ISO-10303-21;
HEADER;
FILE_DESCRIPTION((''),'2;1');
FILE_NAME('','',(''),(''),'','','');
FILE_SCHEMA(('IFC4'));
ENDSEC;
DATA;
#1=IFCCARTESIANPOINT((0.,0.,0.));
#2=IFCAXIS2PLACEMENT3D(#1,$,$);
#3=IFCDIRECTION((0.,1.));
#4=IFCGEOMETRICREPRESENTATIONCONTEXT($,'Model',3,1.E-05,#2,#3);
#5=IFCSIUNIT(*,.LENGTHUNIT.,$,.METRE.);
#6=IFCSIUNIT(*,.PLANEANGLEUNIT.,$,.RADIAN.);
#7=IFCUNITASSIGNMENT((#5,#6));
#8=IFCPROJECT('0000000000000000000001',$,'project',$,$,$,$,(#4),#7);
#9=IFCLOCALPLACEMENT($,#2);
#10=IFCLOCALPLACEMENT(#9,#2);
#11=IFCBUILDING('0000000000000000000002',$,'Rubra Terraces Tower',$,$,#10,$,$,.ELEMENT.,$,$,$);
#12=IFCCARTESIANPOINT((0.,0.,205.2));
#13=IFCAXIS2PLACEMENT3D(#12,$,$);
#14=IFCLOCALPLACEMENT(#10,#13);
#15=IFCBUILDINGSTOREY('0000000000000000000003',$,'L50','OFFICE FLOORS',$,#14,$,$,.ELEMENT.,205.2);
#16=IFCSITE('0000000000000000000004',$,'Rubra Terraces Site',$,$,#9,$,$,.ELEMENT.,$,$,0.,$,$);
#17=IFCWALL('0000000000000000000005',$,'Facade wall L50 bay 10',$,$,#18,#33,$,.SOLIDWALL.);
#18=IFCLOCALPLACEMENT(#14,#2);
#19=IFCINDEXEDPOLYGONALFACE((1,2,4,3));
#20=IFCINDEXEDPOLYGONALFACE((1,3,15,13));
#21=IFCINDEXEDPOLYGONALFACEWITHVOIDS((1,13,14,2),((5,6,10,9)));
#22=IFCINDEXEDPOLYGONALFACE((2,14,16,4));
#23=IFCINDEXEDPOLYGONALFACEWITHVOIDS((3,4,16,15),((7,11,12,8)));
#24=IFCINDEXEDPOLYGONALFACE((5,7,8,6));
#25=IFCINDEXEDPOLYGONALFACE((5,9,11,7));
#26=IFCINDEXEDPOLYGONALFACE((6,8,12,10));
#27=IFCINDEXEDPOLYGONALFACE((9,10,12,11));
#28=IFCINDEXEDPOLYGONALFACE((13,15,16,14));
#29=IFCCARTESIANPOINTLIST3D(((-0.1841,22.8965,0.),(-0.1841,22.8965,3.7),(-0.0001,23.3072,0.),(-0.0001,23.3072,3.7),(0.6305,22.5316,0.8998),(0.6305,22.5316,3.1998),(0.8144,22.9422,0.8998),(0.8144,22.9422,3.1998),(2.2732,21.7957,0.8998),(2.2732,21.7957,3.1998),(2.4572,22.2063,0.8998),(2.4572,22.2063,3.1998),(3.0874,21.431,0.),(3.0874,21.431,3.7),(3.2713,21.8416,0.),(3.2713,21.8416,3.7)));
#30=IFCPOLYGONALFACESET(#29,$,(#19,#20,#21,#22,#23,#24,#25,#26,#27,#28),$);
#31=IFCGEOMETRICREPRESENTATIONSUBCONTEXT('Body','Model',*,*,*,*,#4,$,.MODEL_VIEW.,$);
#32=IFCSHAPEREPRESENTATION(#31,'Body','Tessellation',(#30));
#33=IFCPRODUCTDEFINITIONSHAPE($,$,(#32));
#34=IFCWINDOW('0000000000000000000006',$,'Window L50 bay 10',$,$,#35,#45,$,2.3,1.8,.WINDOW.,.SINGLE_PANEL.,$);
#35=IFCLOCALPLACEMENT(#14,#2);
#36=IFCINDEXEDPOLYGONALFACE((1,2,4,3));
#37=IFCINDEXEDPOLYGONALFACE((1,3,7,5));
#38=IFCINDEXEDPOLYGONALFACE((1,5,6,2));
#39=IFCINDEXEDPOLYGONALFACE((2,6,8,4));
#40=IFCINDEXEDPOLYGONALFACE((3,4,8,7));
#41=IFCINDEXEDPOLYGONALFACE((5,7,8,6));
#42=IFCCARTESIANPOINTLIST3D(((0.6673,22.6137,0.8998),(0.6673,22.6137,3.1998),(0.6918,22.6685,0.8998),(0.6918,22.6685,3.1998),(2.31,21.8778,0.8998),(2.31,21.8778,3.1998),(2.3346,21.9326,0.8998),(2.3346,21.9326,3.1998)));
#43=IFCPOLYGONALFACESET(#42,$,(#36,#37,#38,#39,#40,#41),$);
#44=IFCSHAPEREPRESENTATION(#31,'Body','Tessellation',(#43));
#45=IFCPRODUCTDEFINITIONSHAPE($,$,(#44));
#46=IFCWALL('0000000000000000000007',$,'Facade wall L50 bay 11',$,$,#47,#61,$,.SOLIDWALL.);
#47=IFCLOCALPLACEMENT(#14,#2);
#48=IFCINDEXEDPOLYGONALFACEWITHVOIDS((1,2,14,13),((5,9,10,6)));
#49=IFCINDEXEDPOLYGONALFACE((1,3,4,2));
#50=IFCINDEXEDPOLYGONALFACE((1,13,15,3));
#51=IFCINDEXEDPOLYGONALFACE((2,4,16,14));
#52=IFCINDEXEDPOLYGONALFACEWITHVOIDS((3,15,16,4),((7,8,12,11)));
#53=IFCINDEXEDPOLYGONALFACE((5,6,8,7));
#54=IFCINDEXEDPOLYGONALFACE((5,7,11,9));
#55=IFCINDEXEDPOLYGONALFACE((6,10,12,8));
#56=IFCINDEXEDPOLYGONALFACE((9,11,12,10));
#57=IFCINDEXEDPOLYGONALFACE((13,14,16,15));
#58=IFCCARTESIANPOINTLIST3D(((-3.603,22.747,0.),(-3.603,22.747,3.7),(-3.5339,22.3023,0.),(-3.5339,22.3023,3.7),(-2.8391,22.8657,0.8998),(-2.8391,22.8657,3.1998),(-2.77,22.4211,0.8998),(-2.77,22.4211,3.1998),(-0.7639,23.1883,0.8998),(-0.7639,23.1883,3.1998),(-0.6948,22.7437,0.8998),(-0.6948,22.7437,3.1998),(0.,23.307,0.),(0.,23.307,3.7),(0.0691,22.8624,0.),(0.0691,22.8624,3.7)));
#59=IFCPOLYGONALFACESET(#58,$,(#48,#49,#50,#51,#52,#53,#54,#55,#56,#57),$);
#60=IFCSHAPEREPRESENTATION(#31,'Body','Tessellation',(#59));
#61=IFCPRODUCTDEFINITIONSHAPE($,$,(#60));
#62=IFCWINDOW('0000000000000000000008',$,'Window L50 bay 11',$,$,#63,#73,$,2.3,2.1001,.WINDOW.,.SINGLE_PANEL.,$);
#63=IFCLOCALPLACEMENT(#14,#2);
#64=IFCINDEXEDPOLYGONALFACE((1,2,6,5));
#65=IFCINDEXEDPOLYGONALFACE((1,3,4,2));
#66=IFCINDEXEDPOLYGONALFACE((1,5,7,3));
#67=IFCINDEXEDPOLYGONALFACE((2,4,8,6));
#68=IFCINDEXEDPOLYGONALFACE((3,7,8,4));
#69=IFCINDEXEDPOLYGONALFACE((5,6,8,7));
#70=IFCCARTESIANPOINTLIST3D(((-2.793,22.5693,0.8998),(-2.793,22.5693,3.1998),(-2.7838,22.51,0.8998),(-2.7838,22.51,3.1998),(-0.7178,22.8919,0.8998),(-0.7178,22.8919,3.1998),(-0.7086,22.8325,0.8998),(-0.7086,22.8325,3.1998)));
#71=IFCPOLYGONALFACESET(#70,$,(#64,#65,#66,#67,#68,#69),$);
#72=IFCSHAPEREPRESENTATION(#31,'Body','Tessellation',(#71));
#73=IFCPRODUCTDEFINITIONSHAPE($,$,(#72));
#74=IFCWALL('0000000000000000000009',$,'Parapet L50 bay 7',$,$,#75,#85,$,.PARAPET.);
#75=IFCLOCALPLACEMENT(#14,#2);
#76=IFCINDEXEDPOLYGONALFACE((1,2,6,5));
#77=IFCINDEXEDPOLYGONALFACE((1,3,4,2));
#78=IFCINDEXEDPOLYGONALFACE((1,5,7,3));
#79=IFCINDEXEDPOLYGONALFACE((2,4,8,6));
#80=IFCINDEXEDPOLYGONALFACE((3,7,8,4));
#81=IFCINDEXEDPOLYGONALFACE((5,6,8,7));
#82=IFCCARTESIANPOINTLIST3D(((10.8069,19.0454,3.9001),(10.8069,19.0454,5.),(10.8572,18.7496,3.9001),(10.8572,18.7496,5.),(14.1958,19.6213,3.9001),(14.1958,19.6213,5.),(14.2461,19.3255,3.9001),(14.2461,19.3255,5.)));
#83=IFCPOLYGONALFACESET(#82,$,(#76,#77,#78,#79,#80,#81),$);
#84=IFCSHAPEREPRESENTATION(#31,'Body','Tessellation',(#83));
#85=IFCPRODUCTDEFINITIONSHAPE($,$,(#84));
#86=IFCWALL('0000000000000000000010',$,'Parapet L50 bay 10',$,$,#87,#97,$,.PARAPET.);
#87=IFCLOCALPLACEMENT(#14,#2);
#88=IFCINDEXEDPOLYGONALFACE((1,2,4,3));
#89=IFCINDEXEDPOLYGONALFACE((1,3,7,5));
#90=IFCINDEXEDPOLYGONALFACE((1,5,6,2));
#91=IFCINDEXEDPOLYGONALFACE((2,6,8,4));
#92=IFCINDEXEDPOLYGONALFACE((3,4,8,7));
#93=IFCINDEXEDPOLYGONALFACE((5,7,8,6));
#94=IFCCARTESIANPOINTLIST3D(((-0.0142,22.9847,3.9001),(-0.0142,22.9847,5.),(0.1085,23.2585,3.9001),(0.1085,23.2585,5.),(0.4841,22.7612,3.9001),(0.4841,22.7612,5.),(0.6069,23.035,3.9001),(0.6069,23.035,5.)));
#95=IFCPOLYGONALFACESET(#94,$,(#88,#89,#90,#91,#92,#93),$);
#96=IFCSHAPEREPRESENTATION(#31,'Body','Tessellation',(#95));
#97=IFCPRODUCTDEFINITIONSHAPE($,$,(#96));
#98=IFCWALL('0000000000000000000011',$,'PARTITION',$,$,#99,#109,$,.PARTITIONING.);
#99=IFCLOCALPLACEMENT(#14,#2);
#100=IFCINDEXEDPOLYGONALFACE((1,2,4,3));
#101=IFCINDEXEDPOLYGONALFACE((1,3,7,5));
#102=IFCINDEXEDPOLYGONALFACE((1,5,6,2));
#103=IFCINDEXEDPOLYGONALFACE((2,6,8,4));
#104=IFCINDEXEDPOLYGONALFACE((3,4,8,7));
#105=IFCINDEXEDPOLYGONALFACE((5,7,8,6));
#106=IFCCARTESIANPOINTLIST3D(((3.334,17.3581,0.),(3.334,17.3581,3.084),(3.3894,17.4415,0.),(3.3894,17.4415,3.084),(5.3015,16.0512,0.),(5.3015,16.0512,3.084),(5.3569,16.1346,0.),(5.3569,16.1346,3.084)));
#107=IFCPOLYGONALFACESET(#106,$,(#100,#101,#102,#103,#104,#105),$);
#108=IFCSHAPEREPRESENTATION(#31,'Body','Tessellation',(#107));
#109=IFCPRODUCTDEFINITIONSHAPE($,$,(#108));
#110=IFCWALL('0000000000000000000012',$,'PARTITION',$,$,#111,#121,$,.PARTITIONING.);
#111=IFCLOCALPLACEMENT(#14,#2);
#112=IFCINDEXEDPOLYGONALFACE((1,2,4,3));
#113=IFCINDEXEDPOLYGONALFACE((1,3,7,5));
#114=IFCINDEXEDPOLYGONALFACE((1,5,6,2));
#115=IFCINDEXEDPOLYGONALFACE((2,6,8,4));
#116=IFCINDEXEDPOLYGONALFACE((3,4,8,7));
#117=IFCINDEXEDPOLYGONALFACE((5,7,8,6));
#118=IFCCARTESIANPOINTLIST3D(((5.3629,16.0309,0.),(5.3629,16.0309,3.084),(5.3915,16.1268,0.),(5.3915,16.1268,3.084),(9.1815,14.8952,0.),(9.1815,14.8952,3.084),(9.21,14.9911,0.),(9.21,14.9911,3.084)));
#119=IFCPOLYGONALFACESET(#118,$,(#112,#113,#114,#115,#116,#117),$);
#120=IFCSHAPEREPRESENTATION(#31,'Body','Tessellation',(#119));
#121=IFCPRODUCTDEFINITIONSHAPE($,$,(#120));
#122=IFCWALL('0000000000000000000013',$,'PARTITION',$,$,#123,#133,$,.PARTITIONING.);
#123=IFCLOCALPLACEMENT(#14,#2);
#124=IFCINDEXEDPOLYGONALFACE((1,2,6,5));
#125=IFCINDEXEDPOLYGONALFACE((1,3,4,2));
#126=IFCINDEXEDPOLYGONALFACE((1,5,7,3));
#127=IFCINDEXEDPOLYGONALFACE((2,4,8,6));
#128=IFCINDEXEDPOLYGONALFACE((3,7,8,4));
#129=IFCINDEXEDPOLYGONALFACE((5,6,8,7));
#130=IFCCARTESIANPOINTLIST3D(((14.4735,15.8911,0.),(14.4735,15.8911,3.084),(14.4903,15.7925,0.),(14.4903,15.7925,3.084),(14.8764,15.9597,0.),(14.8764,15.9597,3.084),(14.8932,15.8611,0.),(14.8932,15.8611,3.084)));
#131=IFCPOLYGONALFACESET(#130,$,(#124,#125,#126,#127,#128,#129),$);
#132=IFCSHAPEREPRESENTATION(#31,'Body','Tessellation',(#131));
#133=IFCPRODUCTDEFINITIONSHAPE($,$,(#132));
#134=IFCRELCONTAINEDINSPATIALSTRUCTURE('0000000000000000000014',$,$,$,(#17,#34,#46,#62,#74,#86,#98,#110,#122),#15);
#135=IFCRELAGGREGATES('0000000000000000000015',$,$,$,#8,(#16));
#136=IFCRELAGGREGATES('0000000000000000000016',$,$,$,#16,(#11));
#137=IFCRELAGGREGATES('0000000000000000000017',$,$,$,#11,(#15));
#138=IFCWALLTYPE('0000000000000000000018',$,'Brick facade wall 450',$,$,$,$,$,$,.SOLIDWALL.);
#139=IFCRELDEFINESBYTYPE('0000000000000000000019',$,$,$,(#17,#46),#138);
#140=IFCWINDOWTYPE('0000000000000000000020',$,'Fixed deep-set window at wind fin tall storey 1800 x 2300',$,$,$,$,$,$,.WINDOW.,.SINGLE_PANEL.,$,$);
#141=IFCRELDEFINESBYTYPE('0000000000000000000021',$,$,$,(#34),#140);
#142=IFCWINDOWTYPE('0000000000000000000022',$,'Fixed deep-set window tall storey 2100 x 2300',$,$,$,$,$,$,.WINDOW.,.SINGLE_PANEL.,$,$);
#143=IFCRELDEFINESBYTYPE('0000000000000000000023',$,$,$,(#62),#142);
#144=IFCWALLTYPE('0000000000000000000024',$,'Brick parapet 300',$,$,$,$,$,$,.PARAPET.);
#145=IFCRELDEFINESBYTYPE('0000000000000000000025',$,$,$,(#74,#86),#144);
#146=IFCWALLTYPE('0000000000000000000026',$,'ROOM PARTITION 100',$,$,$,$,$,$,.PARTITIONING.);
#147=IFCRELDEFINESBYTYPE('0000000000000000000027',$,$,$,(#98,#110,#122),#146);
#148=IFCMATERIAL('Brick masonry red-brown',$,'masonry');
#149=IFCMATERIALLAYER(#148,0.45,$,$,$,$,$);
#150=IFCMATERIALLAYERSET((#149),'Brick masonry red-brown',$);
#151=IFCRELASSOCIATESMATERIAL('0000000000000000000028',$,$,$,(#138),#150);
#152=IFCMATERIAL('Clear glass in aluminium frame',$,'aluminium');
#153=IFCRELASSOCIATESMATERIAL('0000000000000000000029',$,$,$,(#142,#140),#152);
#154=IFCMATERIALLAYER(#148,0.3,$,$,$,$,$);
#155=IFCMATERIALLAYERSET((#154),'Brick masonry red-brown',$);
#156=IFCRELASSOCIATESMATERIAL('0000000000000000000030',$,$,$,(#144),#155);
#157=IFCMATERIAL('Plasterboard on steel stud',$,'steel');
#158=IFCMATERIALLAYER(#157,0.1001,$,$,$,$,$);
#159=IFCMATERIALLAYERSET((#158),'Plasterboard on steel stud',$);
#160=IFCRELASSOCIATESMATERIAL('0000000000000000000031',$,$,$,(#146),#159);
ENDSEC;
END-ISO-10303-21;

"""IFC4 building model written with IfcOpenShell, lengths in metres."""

from ifc_helpers import new_model, si_unit, direction, frame, frame_2d, origin, place, context, subcontext, project, spatial, rectangle, extrude, material, layer, layer_set, type_object, element, fill, save


model = new_model("IFC4")

# Units and contexts
model_context = context("Model", 3, precision=1e-05, world=origin(), true_north=direction((0.0, 1.0)))
body_context = subcontext(model_context, "Body", "Model", "MODEL_VIEW")
ifc_project = project(units=[si_unit("LENGTHUNIT", "METRE"), si_unit("PLANEANGLEUNIT", "RADIAN")], contexts=[model_context])

# Site, building, storey
site_placement = place(None, origin())
site = spatial("IfcSite", under=ifc_project, at=site_placement, Name="Rubra Terraces Site", CompositionType="ELEMENT", RefElevation=0.0)
building_placement = place(site_placement, origin())
building = spatial("IfcBuilding", under=site, at=building_placement, Name="Rubra Terraces Tower", CompositionType="ELEMENT")
storey_placement = place(building_placement, frame((0.0, 0.0, 205.2)))
storey = spatial("IfcBuildingStorey", under=building, at=storey_placement, Name="L50", Description="OFFICE FLOORS", CompositionType="ELEMENT", Elevation=205.2)

# Walls, openings, windows
ifc_material_1 = material(Name="Brick masonry red-brown", Category="masonry")
ifc_layer_1 = layer(ifc_material_1, 0.45)
ifc_layer_set_1 = layer_set([ifc_layer_1], Name="Brick masonry red-brown")
wall_type_1 = type_object("IfcWallType", Name="Brick facade wall 450", PredefinedType="SOLIDWALL", material=ifc_layer_set_1)
ifc_material_2 = material(Name="Clear glass in aluminium frame", Category="aluminium")
window_type_1 = type_object("IfcWindowType", Name="Fixed deep-set window tall storey 2100 x 2300", PartitioningType="SINGLE_PANEL", PredefinedType="WINDOW", material=ifc_material_2)
wall_1_placement = place(storey_placement, frame((3.1794, 21.6362, 0.0), z_axis=(0.0, 0.0, 1.0), x_axis=(-0.912608, 0.408835, 0.0)))
wall_1 = element("IfcWall", 1, at=wall_1_placement, inside=storey, type_object=wall_type_1, Name="Facade wall L50 bay 10", PredefinedType="SOLIDWALL", context=body_context, shape_type="SweptSolid", body=[
    extrude(rectangle(XDim=3.5847, YDim=0.45, at=frame_2d((1.7925, 0.0))), origin(), (0.0, 0.0, 1.0), 3.7),
])
opening_1_placement = place(wall_1_placement, frame((0.8923, 0.0, 0.8999)))
opening_1 = element("IfcOpeningElement", 2, at=opening_1_placement, cuts=wall_1, PredefinedType="OPENING", context=body_context, shape_type="SweptSolid", body=[
    extrude(rectangle(XDim=1.8, YDim=2.3, at=frame_2d((0.8999, 1.1499))), frame((0.0, 0.2349, 0.0), z_axis=(0.0, -1.0, 0.0), x_axis=(1.0, 0.0, 0.0)), (0.0, 0.0, 1.0), 0.47),
])
window_type_2 = type_object("IfcWindowType", Name="Fixed deep-set window at wind fin tall storey 1800 x 2300", PartitioningType="SINGLE_PANEL", PredefinedType="WINDOW", material=ifc_material_2)
window_1_placement = place(opening_1_placement, origin())
window_1 = element("IfcWindow", 3, at=window_1_placement, inside=storey, type_object=window_type_2, Name="Window L50 bay 10", OverallHeight=2.3, OverallWidth=1.8, PartitioningType="SINGLE_PANEL", PredefinedType="WINDOW", context=body_context, shape_type="SweptSolid", body=[
    extrude(rectangle(XDim=1.8, YDim=2.3, at=frame_2d((0.8999, 1.1499))), frame((0.0, 0.135, 0.0), z_axis=(0.0, -1.0, 0.0), x_axis=(1.0, 0.0, 0.0)), (0.0, 0.0, 1.0), 0.0601),
])
fill(opening_1, window_1)
wall_2_placement = place(storey_placement, frame((0.0347, 23.0847, 0.0), z_axis=(0.0, 0.0, 1.0), x_axis=(-0.988134, -0.153597, 0.0)))
wall_2 = element("IfcWall", 4, at=wall_2_placement, inside=storey, type_object=wall_type_1, Name="Facade wall L50 bay 11", PredefinedType="SOLIDWALL", context=body_context, shape_type="SweptSolid", body=[
    extrude(rectangle(XDim=3.6462, YDim=0.45, at=frame_2d((1.8232, 0.0))), origin(), (0.0, 0.0, 1.0), 3.7),
])
opening_2_placement = place(wall_2_placement, frame((0.7732, 0.0, 0.8999)))
opening_2 = element("IfcOpeningElement", 5, at=opening_2_placement, cuts=wall_2, PredefinedType="OPENING", context=body_context, shape_type="SweptSolid", body=[
    extrude(rectangle(XDim=2.1001, YDim=2.3, at=frame_2d((1.05, 1.1499))), frame((0.0, 0.2349, 0.0), z_axis=(0.0, -1.0, 0.0), x_axis=(1.0, 0.0, 0.0)), (0.0, 0.0, 1.0), 0.47),
])
window_2_placement = place(opening_2_placement, origin())
window_2 = element("IfcWindow", 6, at=window_2_placement, inside=storey, type_object=window_type_1, Name="Window L50 bay 11", OverallHeight=2.3, OverallWidth=2.1001, PartitioningType="SINGLE_PANEL", PredefinedType="WINDOW", context=body_context, shape_type="SweptSolid", body=[
    extrude(rectangle(XDim=2.1001, YDim=2.3, at=frame_2d((1.05, 1.1499))), frame((0.0, 0.135, 0.0), z_axis=(0.0, -1.0, 0.0), x_axis=(1.0, 0.0, 0.0)), (0.0, 0.0, 1.0), 0.0601),
])
fill(opening_2, window_2)

# Walls
ifc_layer_2 = layer(ifc_material_1, 0.3)
ifc_layer_set_2 = layer_set([ifc_layer_2], Name="Brick masonry red-brown")
wall_type_2 = type_object("IfcWallType", Name="Brick parapet 300", PredefinedType="PARAPET", material=ifc_layer_set_2)
wall_3_placement = place(storey_placement, frame((14.2209, 19.4734, 3.9001), z_axis=(0.0, 0.0, 1.0), x_axis=(-0.985865, -0.167542, 0.0)))
element("IfcWall", 7, at=wall_3_placement, inside=storey, type_object=wall_type_2, Name="Parapet L50 bay 7", PredefinedType="PARAPET", context=body_context, shape_type="SweptSolid", body=[
    extrude(rectangle(XDim=3.4375, YDim=0.3, at=frame_2d((1.7188, 0.0))), origin(), (0.0, 0.0, 1.0), 1.0999),
])
wall_4_placement = place(storey_placement, frame((0.5454, 22.8982, 3.9001), z_axis=(0.0, 0.0, 1.0), x_axis=(-0.912498, 0.409082, 0.0)))
element("IfcWall", 8, at=wall_4_placement, inside=storey, type_object=wall_type_2, Name="Parapet L50 bay 10", PredefinedType="PARAPET", context=body_context, shape_type="SweptSolid", body=[
    extrude(rectangle(XDim=0.5461, YDim=0.3, at=frame_2d((0.2729, 0.0))), origin(), (0.0, 0.0, 1.0), 1.0999),
])
ifc_material_3 = material(Name="Plasterboard on steel stud", Category="steel")
ifc_layer_3 = layer(ifc_material_3, 0.1001)
ifc_layer_set_3 = layer_set([ifc_layer_3], Name="Plasterboard on steel stud")
wall_type_3 = type_object("IfcWallType", Name="ROOM PARTITION 100", PredefinedType="PARTITIONING", material=ifc_layer_set_3)
wall_5_placement = place(storey_placement, frame((3.3616, 17.3999, 0.0), z_axis=(0.0, 0.0, 1.0), x_axis=(0.832987, -0.553292, 0.0)))
element("IfcWall", 9, at=wall_5_placement, inside=storey, type_object=wall_type_3, Name="PARTITION", PredefinedType="PARTITIONING", context=body_context, shape_type="SweptSolid", body=[
    extrude(rectangle(XDim=2.3621, YDim=0.1001, at=frame_2d((1.1812, 0.0))), origin(), (0.0, 0.0, 1.0), 3.084),
])
wall_6_placement = place(storey_placement, frame((5.3772, 16.0789, 0.0), z_axis=(0.0, 0.0, 1.0), x_axis=(0.958503, -0.285081, 0.0)))
element("IfcWall", 10, at=wall_6_placement, inside=storey, type_object=wall_type_3, Name="PARTITION", PredefinedType="PARTITIONING", context=body_context, shape_type="SweptSolid", body=[
    extrude(rectangle(XDim=3.9839, YDim=0.1001, at=frame_2d((1.9919, 0.0))), origin(), (0.0, 0.0, 1.0), 3.084),
])
wall_7_placement = place(storey_placement, frame((14.4819, 15.8418, 0.0), z_axis=(0.0, 0.0, 1.0), x_axis=(0.985806, 0.167886, 0.0)))
element("IfcWall", 11, at=wall_7_placement, inside=storey, type_object=wall_type_3, Name="PARTITION", PredefinedType="PARTITIONING", context=body_context, shape_type="SweptSolid", body=[
    extrude(rectangle(XDim=0.4087, YDim=0.1001, at=frame_2d((0.2043, 0.0))), origin(), (0.0, 0.0, 1.0), 3.084),
])

save(model, "model.ifc")
